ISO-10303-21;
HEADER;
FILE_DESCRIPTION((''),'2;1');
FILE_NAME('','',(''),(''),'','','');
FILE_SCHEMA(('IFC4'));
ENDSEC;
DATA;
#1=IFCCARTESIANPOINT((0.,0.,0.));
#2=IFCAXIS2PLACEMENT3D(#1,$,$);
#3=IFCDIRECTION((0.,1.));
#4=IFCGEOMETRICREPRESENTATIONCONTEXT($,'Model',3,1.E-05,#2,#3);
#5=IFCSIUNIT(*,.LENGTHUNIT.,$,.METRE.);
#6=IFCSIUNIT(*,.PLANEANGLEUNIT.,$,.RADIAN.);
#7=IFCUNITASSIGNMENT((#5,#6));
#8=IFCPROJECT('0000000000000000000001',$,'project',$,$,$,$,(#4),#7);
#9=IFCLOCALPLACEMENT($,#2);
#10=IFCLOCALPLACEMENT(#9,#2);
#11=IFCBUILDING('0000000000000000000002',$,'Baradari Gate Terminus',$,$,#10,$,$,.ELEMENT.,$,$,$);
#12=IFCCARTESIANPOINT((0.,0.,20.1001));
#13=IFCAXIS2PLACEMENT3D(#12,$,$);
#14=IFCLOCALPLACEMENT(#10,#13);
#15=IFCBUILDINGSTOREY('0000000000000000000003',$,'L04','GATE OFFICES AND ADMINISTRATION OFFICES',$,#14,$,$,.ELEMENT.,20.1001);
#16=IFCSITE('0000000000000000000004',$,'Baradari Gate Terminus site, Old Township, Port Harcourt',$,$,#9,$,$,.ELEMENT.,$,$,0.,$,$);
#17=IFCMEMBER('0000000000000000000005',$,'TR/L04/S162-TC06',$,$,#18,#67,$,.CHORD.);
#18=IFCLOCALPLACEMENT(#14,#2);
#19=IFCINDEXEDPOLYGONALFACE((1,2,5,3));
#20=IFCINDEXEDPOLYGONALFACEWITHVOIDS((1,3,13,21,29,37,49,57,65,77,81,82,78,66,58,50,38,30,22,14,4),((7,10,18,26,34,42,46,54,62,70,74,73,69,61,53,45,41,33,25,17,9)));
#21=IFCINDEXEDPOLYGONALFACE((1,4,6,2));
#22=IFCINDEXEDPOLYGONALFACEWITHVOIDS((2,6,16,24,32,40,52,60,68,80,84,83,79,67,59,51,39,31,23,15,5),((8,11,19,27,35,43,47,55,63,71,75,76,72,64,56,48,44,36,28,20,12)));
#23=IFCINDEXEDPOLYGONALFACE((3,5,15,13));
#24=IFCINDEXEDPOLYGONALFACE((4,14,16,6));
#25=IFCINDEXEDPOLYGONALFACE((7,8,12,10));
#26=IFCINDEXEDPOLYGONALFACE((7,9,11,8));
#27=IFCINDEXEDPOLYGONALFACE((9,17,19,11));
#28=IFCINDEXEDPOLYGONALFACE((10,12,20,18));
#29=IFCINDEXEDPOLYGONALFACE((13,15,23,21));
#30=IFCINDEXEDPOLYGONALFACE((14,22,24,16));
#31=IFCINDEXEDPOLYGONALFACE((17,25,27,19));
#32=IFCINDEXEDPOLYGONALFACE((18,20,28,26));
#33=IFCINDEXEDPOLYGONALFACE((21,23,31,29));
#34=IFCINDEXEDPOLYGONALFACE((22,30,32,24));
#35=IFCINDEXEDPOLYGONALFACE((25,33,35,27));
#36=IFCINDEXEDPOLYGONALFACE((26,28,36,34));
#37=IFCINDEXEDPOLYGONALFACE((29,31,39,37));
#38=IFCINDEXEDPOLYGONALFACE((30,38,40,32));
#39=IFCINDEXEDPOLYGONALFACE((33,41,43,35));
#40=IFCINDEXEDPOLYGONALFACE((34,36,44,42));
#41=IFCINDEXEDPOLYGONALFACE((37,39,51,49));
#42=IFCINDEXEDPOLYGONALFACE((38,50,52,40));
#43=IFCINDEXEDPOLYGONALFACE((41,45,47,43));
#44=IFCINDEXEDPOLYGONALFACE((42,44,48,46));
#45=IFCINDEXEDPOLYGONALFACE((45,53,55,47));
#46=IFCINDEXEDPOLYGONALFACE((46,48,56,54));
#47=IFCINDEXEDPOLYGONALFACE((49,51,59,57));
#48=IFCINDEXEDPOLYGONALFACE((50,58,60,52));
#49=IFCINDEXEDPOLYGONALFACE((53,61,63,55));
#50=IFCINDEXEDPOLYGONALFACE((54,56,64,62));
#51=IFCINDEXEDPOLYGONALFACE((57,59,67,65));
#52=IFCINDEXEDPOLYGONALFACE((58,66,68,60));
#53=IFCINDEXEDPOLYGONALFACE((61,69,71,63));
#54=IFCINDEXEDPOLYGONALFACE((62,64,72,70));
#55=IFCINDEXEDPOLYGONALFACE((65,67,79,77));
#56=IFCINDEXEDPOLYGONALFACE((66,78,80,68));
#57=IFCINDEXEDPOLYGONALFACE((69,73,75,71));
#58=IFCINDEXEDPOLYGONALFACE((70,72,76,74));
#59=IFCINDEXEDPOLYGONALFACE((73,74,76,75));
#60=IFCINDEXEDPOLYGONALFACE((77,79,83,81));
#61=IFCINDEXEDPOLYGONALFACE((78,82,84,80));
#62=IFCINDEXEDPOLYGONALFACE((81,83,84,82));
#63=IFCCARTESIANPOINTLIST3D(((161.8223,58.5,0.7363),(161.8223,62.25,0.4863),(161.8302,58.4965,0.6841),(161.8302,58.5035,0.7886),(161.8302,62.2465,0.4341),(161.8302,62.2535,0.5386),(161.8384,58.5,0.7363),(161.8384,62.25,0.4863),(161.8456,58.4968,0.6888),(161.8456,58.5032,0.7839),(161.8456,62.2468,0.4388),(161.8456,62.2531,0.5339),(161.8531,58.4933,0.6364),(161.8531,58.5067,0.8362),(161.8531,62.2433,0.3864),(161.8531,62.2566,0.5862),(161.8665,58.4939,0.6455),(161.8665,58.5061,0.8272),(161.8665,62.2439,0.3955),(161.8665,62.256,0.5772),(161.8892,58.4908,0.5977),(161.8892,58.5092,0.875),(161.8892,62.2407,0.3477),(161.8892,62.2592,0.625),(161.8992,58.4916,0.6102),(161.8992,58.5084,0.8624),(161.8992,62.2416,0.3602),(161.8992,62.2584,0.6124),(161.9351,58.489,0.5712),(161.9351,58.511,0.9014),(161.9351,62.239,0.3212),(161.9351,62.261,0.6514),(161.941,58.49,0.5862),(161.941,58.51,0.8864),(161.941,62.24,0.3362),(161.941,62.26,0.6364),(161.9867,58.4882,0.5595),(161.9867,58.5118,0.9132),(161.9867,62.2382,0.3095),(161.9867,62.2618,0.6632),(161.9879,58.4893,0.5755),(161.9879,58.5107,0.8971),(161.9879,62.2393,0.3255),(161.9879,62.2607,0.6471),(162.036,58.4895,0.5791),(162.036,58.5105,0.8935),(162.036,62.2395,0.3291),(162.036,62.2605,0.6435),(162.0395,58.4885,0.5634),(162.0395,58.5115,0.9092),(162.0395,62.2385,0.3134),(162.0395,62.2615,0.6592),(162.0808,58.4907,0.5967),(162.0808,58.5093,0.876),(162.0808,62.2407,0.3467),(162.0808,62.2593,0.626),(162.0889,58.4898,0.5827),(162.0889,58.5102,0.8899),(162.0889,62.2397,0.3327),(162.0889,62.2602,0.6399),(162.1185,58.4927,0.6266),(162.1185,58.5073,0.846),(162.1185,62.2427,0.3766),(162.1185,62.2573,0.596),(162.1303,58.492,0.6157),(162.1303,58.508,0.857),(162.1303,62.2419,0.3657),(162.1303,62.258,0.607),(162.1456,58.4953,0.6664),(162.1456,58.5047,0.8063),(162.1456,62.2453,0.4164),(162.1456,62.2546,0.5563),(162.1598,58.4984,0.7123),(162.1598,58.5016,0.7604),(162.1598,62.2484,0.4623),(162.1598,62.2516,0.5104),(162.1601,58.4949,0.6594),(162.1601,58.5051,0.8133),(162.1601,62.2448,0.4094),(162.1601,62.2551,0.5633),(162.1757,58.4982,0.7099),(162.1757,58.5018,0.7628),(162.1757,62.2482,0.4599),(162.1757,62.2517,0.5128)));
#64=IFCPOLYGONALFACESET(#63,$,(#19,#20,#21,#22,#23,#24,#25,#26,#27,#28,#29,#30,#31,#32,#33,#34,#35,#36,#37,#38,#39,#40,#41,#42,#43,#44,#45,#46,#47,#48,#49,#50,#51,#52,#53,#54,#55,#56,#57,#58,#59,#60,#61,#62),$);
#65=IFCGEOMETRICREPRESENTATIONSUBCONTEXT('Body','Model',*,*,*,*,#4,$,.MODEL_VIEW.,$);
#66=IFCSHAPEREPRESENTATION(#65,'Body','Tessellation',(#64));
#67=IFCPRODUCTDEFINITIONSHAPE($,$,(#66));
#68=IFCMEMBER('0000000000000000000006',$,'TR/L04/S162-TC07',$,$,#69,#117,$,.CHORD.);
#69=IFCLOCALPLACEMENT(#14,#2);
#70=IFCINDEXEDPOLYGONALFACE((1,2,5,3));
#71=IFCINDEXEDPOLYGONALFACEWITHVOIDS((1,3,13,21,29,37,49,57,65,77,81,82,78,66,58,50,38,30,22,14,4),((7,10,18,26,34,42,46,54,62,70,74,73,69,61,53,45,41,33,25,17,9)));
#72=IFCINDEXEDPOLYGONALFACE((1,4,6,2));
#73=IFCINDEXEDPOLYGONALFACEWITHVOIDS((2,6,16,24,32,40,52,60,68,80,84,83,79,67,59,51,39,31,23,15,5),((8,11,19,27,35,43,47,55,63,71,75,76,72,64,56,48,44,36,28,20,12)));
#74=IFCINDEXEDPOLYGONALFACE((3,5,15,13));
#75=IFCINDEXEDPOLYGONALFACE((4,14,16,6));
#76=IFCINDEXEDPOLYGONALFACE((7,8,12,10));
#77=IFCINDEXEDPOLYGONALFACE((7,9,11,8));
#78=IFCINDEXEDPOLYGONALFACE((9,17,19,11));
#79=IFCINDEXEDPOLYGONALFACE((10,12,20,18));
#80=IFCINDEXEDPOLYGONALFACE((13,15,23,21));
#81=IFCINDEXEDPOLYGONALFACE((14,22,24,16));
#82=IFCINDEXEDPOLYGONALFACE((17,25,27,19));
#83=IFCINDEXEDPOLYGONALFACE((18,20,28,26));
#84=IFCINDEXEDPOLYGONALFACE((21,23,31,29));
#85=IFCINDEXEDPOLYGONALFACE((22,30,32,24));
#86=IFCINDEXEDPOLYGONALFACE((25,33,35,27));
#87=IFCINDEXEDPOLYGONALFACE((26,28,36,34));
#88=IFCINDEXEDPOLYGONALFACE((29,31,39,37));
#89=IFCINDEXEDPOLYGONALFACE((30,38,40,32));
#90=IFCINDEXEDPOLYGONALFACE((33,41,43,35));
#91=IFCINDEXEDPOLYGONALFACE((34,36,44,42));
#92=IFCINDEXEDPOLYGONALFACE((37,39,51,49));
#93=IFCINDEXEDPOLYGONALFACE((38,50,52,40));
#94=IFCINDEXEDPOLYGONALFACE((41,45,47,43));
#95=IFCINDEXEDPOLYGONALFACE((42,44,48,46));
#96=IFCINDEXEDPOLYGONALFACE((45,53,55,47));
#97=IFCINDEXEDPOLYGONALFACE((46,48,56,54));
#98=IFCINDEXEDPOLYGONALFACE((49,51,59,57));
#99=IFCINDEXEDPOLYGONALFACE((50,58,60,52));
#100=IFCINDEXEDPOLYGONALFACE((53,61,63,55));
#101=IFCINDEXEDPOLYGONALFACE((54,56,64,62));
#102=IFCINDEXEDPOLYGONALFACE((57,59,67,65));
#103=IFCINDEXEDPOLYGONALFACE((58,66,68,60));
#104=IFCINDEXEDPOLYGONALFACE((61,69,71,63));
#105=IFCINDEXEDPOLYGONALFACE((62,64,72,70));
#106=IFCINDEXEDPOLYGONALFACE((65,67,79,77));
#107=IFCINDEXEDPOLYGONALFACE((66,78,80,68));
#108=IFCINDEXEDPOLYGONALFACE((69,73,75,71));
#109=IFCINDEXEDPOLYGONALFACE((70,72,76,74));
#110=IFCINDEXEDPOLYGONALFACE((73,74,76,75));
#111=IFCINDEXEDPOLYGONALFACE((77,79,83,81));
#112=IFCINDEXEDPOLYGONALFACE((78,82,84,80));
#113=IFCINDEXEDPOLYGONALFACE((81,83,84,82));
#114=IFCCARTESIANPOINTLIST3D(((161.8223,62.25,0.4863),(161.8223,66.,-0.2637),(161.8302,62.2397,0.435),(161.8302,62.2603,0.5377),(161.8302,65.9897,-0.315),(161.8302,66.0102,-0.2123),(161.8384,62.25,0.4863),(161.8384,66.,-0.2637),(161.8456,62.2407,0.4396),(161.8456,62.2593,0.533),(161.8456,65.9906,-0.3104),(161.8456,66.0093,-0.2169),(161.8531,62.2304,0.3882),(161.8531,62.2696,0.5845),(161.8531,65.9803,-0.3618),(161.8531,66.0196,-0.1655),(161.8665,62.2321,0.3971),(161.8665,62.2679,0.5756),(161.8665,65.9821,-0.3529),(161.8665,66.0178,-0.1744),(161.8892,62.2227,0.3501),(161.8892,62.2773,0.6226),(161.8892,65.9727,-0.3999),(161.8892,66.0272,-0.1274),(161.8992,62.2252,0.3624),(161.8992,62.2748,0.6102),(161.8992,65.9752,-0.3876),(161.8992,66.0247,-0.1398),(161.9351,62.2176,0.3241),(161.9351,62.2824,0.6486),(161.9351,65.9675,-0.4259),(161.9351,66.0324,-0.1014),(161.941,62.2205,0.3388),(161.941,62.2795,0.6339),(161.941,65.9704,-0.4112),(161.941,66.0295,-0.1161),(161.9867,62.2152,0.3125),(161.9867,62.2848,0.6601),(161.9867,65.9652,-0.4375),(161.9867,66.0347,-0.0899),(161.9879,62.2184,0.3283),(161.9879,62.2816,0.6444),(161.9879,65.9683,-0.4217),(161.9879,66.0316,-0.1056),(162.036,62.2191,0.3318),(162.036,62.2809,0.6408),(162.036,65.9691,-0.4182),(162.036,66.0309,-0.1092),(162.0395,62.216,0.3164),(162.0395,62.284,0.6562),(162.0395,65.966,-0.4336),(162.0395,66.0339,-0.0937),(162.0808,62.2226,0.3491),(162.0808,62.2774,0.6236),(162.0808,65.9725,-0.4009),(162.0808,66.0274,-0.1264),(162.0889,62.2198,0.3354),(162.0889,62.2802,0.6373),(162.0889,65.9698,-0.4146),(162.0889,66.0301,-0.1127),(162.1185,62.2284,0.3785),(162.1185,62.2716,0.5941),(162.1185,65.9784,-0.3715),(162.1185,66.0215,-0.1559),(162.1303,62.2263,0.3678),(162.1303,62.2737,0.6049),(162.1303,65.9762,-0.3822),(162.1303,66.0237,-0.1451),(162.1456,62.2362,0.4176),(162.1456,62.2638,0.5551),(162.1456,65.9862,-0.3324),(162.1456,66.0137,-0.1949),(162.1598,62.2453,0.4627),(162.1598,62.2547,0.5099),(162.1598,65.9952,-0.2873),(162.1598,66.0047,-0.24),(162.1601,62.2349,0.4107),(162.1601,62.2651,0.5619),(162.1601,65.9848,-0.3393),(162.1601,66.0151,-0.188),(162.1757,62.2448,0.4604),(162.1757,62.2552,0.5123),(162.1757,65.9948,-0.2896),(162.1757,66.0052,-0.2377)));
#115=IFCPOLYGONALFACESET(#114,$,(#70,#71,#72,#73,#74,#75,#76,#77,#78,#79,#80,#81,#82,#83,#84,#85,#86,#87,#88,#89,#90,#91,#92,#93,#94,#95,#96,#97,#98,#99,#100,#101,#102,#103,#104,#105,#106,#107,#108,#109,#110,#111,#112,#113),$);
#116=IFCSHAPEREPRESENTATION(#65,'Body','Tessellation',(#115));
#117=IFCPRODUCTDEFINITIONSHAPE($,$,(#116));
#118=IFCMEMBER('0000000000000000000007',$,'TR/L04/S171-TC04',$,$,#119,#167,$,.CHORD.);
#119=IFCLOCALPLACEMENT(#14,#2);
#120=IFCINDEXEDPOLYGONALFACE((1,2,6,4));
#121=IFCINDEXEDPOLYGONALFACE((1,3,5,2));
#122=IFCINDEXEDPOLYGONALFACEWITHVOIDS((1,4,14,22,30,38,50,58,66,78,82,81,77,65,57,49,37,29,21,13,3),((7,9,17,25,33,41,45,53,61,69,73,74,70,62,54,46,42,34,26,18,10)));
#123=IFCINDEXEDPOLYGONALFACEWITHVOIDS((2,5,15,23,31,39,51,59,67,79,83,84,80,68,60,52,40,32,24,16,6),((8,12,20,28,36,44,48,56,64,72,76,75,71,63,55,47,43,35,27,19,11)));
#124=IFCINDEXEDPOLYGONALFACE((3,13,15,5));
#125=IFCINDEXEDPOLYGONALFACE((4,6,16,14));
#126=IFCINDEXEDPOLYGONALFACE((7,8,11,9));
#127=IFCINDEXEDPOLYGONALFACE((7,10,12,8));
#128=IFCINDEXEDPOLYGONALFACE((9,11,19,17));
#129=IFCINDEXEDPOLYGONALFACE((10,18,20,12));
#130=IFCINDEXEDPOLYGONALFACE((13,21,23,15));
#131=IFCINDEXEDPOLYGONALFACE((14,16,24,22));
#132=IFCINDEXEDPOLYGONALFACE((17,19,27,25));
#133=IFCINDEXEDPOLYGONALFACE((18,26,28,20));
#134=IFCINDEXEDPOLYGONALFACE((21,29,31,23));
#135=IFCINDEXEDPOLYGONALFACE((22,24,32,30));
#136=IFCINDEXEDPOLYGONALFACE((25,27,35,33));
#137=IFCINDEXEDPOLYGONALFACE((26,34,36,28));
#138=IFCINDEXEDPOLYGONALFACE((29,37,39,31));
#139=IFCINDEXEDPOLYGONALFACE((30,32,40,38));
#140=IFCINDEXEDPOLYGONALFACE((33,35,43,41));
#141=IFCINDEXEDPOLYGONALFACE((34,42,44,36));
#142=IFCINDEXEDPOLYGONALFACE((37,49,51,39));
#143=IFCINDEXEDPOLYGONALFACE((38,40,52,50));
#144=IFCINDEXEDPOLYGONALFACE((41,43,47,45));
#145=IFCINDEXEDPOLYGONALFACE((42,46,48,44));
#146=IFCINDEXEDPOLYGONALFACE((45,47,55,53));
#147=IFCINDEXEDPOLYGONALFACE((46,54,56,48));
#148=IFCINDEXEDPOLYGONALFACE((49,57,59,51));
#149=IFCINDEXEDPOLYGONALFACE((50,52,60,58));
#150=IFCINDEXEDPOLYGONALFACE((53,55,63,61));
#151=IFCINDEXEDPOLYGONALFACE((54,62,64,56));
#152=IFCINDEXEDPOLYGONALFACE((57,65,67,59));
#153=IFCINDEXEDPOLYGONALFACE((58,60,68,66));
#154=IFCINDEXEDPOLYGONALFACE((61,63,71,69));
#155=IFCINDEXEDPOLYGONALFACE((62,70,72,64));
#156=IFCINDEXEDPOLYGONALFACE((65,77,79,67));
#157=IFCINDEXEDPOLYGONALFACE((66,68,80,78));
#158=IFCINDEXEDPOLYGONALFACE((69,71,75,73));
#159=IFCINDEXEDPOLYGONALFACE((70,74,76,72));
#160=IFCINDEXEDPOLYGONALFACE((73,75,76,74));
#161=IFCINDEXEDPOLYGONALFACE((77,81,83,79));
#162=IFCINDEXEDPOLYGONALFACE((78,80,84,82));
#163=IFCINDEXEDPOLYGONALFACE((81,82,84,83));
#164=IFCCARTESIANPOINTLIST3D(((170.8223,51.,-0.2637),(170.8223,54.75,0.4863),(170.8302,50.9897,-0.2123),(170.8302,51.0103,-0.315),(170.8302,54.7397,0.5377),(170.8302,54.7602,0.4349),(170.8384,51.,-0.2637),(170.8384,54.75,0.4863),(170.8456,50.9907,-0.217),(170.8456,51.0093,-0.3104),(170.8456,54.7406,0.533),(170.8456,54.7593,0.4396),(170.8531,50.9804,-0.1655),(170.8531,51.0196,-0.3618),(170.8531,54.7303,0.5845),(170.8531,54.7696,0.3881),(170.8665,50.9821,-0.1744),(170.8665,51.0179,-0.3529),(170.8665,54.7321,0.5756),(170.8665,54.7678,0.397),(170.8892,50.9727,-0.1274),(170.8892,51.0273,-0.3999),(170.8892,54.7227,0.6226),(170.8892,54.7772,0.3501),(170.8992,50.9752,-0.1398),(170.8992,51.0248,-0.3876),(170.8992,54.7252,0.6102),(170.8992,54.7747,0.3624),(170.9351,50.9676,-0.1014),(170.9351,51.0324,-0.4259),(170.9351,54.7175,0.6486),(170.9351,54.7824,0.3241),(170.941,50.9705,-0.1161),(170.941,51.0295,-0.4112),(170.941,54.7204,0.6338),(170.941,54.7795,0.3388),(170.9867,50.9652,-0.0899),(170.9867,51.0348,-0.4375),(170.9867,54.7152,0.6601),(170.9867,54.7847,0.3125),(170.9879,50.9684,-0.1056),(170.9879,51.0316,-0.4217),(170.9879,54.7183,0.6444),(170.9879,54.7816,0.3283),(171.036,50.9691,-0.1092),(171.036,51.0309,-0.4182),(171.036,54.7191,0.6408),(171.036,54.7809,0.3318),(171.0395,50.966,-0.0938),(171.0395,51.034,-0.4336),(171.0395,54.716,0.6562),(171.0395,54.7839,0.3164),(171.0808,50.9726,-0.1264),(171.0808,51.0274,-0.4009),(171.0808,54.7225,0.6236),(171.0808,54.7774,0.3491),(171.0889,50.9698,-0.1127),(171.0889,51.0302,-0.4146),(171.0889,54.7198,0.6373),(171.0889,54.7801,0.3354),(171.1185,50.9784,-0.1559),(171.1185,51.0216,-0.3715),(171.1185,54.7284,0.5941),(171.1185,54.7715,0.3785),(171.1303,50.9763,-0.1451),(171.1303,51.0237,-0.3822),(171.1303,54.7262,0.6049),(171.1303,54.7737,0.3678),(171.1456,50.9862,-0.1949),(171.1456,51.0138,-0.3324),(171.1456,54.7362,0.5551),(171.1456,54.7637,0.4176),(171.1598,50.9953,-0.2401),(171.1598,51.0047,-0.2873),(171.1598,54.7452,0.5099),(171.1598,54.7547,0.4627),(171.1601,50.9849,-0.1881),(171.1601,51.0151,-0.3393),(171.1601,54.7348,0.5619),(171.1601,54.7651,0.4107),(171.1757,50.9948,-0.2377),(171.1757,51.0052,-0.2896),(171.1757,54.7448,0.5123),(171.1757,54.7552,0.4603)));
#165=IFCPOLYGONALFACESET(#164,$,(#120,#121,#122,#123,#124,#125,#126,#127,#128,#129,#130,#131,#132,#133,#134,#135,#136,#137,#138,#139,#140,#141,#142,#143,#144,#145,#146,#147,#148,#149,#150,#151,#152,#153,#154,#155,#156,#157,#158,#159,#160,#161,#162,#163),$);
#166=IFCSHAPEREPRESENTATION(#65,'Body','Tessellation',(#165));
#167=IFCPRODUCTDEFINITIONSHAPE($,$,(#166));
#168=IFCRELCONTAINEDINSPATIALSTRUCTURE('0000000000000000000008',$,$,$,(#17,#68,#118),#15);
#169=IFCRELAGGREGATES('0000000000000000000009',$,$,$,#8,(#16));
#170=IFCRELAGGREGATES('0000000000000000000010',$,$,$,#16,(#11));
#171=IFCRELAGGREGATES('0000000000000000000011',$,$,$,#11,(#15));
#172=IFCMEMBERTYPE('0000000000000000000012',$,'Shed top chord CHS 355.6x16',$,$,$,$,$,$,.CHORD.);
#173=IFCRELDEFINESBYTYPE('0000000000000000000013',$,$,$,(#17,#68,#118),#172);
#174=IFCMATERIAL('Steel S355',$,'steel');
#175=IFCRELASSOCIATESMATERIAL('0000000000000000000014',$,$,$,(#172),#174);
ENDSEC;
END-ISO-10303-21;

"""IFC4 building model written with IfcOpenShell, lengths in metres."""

from ifc_helpers import new_model, si_unit, direction, frame, origin, origin_2d, place, context, subcontext, project, spatial, hollow_circle, extrude, material, material_profile, profile_set, type_object, element, save


model = new_model("IFC4")

# Units and contexts
model_context = context("Model", 3, precision=1e-05, world=origin(), true_north=direction((0.0, 1.0)))
body_context = subcontext(model_context, "Body", "Model", "MODEL_VIEW")
ifc_project = project(units=[si_unit("LENGTHUNIT", "METRE"), si_unit("PLANEANGLEUNIT", "RADIAN")], contexts=[model_context])

# Site, building, storey
site_placement = place(None, origin())
site = spatial("IfcSite", under=ifc_project, at=site_placement, Name="Baradari Gate Terminus site, Old Township, Port Harcourt", CompositionType="ELEMENT", RefElevation=0.0)
building_placement = place(site_placement, origin())
building = spatial("IfcBuilding", under=site, at=building_placement, Name="Baradari Gate Terminus", CompositionType="ELEMENT")
storey_placement = place(building_placement, frame((0.0, 0.0, 20.1001)))
storey = spatial("IfcBuildingStorey", under=building, at=storey_placement, Name="L04", Description="GATE OFFICES AND ADMINISTRATION OFFICES", CompositionType="ELEMENT", Elevation=20.1001)

# Members
ifc_material_1 = material(Name="Steel S355", Category="steel")
ifc_material_profile_1 = material_profile(ifc_material_1, hollow_circle(Radius=0.1777, WallThickness=0.0161, at=origin_2d()), Name="CHS 355.6x16")
ifc_profile_set_1 = profile_set([ifc_material_profile_1], Name="Steel S355")
member_type_1 = type_object("IfcMemberType", Name="Shed top chord CHS 355.6x16", PredefinedType="CHORD", material=ifc_profile_set_1)
for number, where, z_axis, x_axis, name in (
    (1, (162.0, 58.5, 0.7363), (0.0, 0.997785, -0.066519), (-1.0, 0.0, 0.0), "TR/L04/S162-TC06"),
):
    element("IfcMember", number, at=place(storey_placement, frame(where, z_axis=z_axis, x_axis=x_axis)), inside=storey, type_object=member_type_1, Name=name, PredefinedType="CHORD", context=body_context, shape_type="SweptSolid", body=[
        extrude(hollow_circle(Radius=0.1777, WallThickness=0.0161, at=origin_2d()), origin(), (0.0, 0.0, 1.0), 3.7583),
    ])
for number, where, z_axis, x_axis, name in (
    (2, (162.0, 62.25, 0.4863), (0.0, 0.980581, -0.196116), (-1.0, 0.0, 0.0), "TR/L04/S162-TC07"),
    (3, (171.0, 51.0, -0.2637), (0.0, 0.980581, 0.196116), (-1.0, 0.0, 0.0), "TR/L04/S171-TC04"),
):
    element("IfcMember", number, at=place(storey_placement, frame(where, z_axis=z_axis, x_axis=x_axis)), inside=storey, type_object=member_type_1, Name=name, PredefinedType="CHORD", context=body_context, shape_type="SweptSolid", body=[
        extrude(hollow_circle(Radius=0.1777, WallThickness=0.0161, at=origin_2d()), origin(), (0.0, 0.0, 1.0), 3.8242),
    ])

save(model, "model.ifc")
